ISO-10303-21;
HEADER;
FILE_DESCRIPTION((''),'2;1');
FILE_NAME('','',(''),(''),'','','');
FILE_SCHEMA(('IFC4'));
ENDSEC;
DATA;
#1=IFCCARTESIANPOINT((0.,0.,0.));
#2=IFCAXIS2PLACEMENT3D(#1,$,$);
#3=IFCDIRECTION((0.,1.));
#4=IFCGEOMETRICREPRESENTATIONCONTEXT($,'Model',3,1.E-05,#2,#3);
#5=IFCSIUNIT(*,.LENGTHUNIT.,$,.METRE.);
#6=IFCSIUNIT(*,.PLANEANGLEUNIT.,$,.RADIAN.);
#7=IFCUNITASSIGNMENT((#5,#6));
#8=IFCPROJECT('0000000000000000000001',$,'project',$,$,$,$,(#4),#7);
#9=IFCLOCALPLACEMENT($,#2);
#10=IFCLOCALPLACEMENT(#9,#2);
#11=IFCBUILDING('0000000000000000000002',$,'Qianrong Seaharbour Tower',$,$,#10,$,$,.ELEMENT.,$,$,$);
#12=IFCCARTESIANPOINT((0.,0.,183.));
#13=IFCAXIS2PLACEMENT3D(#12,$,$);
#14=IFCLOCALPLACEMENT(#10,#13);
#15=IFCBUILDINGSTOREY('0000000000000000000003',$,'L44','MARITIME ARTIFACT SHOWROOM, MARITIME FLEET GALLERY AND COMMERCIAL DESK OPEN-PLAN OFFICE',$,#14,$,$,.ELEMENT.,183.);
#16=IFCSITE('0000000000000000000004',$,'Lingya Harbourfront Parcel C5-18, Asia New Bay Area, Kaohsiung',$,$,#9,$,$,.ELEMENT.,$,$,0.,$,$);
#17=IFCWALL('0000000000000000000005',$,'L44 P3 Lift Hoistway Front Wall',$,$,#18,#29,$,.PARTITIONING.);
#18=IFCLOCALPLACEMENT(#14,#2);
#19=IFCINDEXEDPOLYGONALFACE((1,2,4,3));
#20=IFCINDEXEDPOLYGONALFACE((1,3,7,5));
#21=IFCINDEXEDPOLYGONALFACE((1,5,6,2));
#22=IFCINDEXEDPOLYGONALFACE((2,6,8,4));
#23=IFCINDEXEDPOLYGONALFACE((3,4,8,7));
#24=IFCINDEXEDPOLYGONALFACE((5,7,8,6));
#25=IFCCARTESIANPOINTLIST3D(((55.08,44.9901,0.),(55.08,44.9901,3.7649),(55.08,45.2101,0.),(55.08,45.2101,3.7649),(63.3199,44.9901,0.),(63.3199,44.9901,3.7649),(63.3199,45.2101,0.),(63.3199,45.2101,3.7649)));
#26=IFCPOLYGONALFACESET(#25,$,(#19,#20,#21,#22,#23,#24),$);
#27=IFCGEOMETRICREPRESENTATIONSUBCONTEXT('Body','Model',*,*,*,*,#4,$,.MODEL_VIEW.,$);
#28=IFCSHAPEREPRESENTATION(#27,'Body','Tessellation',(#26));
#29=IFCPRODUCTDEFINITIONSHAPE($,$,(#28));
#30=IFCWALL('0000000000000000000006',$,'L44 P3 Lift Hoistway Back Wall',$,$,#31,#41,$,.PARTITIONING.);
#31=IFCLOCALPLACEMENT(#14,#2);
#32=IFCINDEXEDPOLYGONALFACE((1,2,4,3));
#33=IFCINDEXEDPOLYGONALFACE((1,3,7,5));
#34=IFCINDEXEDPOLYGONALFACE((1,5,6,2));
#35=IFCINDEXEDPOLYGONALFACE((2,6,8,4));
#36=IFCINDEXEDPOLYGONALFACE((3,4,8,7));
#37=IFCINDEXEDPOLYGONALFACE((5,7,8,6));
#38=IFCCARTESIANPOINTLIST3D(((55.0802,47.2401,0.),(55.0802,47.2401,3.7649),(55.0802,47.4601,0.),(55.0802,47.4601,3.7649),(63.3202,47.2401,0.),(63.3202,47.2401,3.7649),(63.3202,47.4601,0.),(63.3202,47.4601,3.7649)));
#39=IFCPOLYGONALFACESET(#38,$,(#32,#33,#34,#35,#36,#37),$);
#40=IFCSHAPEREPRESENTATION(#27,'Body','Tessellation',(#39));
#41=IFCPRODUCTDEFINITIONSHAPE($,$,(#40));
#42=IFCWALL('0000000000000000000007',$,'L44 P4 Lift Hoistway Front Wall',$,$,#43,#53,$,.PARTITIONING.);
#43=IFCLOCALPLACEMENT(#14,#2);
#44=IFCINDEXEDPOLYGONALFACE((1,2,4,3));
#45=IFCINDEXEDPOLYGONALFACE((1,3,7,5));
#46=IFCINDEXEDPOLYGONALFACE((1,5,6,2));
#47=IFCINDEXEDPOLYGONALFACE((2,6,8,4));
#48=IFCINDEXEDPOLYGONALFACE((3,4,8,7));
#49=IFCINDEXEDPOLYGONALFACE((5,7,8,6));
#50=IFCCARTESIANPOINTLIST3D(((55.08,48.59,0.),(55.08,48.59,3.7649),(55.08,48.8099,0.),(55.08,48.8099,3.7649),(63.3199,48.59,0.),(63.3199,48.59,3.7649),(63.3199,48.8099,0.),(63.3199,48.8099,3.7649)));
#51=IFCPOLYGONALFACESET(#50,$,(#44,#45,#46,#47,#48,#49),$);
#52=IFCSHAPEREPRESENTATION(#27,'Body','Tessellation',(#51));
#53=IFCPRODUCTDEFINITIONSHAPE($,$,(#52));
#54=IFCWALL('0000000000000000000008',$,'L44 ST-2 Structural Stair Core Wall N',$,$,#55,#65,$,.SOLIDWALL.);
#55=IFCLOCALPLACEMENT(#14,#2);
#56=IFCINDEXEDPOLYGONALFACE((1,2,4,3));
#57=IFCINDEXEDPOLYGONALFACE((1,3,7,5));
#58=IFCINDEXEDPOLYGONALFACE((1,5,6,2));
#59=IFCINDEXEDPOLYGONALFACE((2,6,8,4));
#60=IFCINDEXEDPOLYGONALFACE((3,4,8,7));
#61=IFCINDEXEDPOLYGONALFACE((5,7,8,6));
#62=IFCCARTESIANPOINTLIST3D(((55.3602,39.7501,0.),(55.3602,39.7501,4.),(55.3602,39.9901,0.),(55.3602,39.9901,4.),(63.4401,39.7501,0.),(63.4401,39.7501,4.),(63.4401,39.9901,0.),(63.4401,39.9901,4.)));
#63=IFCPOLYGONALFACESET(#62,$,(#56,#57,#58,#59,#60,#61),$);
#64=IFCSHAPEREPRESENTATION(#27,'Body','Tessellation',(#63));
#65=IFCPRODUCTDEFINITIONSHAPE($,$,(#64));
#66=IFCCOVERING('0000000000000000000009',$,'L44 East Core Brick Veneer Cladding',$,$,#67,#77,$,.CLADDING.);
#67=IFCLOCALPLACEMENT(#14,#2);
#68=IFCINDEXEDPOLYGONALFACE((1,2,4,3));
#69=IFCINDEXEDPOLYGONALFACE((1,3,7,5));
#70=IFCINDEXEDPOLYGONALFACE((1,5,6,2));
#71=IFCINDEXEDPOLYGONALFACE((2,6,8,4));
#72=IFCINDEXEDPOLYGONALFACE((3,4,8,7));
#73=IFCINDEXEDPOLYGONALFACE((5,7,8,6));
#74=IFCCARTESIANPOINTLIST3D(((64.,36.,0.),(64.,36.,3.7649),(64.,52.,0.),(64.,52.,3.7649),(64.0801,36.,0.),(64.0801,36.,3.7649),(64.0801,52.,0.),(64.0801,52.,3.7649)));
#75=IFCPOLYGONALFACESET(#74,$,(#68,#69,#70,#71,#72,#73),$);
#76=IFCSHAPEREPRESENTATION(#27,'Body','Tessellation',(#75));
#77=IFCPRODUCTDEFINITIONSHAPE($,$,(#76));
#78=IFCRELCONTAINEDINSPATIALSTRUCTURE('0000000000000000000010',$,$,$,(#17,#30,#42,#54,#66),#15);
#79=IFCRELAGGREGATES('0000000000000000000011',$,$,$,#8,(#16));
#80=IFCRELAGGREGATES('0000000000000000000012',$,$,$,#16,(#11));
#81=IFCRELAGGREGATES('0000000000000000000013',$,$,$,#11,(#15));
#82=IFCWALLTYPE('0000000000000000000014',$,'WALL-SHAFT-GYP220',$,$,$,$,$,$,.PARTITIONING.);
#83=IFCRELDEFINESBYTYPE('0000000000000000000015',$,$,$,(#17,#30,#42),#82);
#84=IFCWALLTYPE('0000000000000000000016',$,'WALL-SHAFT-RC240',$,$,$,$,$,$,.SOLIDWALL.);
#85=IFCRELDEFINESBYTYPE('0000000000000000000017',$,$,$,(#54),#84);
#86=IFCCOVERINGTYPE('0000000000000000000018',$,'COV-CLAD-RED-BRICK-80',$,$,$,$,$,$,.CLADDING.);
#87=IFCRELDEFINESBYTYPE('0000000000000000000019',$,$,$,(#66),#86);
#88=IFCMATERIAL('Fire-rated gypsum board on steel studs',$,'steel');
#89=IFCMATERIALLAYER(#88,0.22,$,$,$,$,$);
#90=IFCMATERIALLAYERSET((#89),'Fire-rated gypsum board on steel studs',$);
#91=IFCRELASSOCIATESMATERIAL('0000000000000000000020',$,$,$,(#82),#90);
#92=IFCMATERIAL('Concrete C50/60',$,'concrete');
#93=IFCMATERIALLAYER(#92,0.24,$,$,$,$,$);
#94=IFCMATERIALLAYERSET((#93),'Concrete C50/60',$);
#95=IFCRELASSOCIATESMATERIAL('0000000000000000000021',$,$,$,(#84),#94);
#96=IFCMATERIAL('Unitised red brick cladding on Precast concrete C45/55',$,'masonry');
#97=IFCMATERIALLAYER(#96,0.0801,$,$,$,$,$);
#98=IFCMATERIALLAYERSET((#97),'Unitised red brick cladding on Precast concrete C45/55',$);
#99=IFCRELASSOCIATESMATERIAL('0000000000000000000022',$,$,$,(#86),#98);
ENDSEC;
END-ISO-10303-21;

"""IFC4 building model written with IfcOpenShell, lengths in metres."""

from ifc_helpers import new_model, si_unit, direction, frame, frame_2d, origin, origin_2d, place, context, subcontext, project, spatial, rectangle, extrude, material, layer, layer_set, type_object, element, save


model = new_model("IFC4")

# Units and contexts
model_context = context("Model", 3, precision=1e-05, world=origin(), true_north=direction((0.0, 1.0)))
body_context = subcontext(model_context, "Body", "Model", "MODEL_VIEW")
ifc_project = project(units=[si_unit("LENGTHUNIT", "METRE"), si_unit("PLANEANGLEUNIT", "RADIAN")], contexts=[model_context])

# Site, building, storey
site_placement = place(None, origin())
site = spatial("IfcSite", under=ifc_project, at=site_placement, Name="Lingya Harbourfront Parcel C5-18, Asia New Bay Area, Kaohsiung", CompositionType="ELEMENT", RefElevation=0.0)
building_placement = place(site_placement, origin())
building = spatial("IfcBuilding", under=site, at=building_placement, Name="Qianrong Seaharbour Tower", CompositionType="ELEMENT")
storey_placement = place(building_placement, frame((0.0, 0.0, 183.0)))
storey = spatial("IfcBuildingStorey", under=building, at=storey_placement, Name="L44", Description="MARITIME ARTIFACT SHOWROOM, MARITIME FLEET GALLERY AND COMMERCIAL DESK OPEN-PLAN OFFICE", CompositionType="ELEMENT", Elevation=183.0)

# Walls
ifc_material_1 = material(Name="Fire-rated gypsum board on steel studs", Category="steel")
ifc_layer_1 = layer(ifc_material_1, 0.22)
ifc_layer_set_1 = layer_set([ifc_layer_1], Name="Fire-rated gypsum board on steel studs")
wall_type_1 = type_object("IfcWallType", Name="WALL-SHAFT-GYP220", PredefinedType="PARTITIONING", material=ifc_layer_set_1)
for number, where, z_axis, x_axis, name in (
    (1, (63.3201, 45.1001, 0.0), (0.0, 0.0, 1.0), (-1.0, 0.0, 0.0), "L44 P3 Lift Hoistway Front Wall"),
    (2, (55.0801, 47.3501, 0.0), (0.0, 0.0, 1.0), (1.0, 0.0, 0.0), "L44 P3 Lift Hoistway Back Wall"),
    (3, (63.3201, 48.7, 0.0), (0.0, 0.0, 1.0), (-1.0, 0.0, 0.0), "L44 P4 Lift Hoistway Front Wall"),
):
    element("IfcWall", number, at=place(storey_placement, frame(where, z_axis=z_axis, x_axis=x_axis)), inside=storey, type_object=wall_type_1, Name=name, PredefinedType="PARTITIONING", context=body_context, shape_type="SweptSolid", body=[
        extrude(rectangle(XDim=8.24, YDim=0.22, at=frame_2d((4.1201, 0.0))), origin(), (0.0, 0.0, 1.0), 3.7649),
    ])
ifc_material_2 = material(Name="Concrete C50/60", Category="concrete")
ifc_layer_2 = layer(ifc_material_2, 0.24)
ifc_layer_set_2 = layer_set([ifc_layer_2], Name="Concrete C50/60")
wall_type_2 = type_object("IfcWallType", Name="WALL-SHAFT-RC240", PredefinedType="SOLIDWALL", material=ifc_layer_set_2)
wall_1_placement = place(storey_placement, frame((55.3601, 39.8701, 0.0), z_axis=(0.0, 0.0, 1.0), x_axis=(1.0, 0.0, 0.0)))
element("IfcWall", 4, at=wall_1_placement, inside=storey, type_object=wall_type_2, Name="L44 ST-2 Structural Stair Core Wall N", PredefinedType="SOLIDWALL", context=body_context, shape_type="SweptSolid", body=[
    extrude(rectangle(XDim=8.0798, YDim=0.24, at=frame_2d((4.04, 0.0))), origin(), (0.0, 0.0, 1.0), 4.0),
])

# Covering
ifc_material_3 = material(Name="Unitised red brick cladding on Precast concrete C45/55", Category="masonry")
ifc_layer_3 = layer(ifc_material_3, 0.0801)
ifc_layer_set_3 = layer_set([ifc_layer_3], Name="Unitised red brick cladding on Precast concrete C45/55")
covering_type = type_object("IfcCoveringType", Name="COV-CLAD-RED-BRICK-80", PredefinedType="CLADDING", material=ifc_layer_set_3)
covering_placement = place(storey_placement, frame((64.04, 44.0, 0.0), z_axis=(0.0, 0.0, 1.0), x_axis=(1.0, 0.0, 0.0)))
element("IfcCovering", 5, at=covering_placement, inside=storey, type_object=covering_type, Name="L44 East Core Brick Veneer Cladding", PredefinedType="CLADDING", context=body_context, shape_type="SweptSolid", body=[
    extrude(rectangle(XDim=0.0801, YDim=16.0, at=origin_2d()), origin(), (0.0, 0.0, 1.0), 3.7649),
])

save(model, "model.ifc")
